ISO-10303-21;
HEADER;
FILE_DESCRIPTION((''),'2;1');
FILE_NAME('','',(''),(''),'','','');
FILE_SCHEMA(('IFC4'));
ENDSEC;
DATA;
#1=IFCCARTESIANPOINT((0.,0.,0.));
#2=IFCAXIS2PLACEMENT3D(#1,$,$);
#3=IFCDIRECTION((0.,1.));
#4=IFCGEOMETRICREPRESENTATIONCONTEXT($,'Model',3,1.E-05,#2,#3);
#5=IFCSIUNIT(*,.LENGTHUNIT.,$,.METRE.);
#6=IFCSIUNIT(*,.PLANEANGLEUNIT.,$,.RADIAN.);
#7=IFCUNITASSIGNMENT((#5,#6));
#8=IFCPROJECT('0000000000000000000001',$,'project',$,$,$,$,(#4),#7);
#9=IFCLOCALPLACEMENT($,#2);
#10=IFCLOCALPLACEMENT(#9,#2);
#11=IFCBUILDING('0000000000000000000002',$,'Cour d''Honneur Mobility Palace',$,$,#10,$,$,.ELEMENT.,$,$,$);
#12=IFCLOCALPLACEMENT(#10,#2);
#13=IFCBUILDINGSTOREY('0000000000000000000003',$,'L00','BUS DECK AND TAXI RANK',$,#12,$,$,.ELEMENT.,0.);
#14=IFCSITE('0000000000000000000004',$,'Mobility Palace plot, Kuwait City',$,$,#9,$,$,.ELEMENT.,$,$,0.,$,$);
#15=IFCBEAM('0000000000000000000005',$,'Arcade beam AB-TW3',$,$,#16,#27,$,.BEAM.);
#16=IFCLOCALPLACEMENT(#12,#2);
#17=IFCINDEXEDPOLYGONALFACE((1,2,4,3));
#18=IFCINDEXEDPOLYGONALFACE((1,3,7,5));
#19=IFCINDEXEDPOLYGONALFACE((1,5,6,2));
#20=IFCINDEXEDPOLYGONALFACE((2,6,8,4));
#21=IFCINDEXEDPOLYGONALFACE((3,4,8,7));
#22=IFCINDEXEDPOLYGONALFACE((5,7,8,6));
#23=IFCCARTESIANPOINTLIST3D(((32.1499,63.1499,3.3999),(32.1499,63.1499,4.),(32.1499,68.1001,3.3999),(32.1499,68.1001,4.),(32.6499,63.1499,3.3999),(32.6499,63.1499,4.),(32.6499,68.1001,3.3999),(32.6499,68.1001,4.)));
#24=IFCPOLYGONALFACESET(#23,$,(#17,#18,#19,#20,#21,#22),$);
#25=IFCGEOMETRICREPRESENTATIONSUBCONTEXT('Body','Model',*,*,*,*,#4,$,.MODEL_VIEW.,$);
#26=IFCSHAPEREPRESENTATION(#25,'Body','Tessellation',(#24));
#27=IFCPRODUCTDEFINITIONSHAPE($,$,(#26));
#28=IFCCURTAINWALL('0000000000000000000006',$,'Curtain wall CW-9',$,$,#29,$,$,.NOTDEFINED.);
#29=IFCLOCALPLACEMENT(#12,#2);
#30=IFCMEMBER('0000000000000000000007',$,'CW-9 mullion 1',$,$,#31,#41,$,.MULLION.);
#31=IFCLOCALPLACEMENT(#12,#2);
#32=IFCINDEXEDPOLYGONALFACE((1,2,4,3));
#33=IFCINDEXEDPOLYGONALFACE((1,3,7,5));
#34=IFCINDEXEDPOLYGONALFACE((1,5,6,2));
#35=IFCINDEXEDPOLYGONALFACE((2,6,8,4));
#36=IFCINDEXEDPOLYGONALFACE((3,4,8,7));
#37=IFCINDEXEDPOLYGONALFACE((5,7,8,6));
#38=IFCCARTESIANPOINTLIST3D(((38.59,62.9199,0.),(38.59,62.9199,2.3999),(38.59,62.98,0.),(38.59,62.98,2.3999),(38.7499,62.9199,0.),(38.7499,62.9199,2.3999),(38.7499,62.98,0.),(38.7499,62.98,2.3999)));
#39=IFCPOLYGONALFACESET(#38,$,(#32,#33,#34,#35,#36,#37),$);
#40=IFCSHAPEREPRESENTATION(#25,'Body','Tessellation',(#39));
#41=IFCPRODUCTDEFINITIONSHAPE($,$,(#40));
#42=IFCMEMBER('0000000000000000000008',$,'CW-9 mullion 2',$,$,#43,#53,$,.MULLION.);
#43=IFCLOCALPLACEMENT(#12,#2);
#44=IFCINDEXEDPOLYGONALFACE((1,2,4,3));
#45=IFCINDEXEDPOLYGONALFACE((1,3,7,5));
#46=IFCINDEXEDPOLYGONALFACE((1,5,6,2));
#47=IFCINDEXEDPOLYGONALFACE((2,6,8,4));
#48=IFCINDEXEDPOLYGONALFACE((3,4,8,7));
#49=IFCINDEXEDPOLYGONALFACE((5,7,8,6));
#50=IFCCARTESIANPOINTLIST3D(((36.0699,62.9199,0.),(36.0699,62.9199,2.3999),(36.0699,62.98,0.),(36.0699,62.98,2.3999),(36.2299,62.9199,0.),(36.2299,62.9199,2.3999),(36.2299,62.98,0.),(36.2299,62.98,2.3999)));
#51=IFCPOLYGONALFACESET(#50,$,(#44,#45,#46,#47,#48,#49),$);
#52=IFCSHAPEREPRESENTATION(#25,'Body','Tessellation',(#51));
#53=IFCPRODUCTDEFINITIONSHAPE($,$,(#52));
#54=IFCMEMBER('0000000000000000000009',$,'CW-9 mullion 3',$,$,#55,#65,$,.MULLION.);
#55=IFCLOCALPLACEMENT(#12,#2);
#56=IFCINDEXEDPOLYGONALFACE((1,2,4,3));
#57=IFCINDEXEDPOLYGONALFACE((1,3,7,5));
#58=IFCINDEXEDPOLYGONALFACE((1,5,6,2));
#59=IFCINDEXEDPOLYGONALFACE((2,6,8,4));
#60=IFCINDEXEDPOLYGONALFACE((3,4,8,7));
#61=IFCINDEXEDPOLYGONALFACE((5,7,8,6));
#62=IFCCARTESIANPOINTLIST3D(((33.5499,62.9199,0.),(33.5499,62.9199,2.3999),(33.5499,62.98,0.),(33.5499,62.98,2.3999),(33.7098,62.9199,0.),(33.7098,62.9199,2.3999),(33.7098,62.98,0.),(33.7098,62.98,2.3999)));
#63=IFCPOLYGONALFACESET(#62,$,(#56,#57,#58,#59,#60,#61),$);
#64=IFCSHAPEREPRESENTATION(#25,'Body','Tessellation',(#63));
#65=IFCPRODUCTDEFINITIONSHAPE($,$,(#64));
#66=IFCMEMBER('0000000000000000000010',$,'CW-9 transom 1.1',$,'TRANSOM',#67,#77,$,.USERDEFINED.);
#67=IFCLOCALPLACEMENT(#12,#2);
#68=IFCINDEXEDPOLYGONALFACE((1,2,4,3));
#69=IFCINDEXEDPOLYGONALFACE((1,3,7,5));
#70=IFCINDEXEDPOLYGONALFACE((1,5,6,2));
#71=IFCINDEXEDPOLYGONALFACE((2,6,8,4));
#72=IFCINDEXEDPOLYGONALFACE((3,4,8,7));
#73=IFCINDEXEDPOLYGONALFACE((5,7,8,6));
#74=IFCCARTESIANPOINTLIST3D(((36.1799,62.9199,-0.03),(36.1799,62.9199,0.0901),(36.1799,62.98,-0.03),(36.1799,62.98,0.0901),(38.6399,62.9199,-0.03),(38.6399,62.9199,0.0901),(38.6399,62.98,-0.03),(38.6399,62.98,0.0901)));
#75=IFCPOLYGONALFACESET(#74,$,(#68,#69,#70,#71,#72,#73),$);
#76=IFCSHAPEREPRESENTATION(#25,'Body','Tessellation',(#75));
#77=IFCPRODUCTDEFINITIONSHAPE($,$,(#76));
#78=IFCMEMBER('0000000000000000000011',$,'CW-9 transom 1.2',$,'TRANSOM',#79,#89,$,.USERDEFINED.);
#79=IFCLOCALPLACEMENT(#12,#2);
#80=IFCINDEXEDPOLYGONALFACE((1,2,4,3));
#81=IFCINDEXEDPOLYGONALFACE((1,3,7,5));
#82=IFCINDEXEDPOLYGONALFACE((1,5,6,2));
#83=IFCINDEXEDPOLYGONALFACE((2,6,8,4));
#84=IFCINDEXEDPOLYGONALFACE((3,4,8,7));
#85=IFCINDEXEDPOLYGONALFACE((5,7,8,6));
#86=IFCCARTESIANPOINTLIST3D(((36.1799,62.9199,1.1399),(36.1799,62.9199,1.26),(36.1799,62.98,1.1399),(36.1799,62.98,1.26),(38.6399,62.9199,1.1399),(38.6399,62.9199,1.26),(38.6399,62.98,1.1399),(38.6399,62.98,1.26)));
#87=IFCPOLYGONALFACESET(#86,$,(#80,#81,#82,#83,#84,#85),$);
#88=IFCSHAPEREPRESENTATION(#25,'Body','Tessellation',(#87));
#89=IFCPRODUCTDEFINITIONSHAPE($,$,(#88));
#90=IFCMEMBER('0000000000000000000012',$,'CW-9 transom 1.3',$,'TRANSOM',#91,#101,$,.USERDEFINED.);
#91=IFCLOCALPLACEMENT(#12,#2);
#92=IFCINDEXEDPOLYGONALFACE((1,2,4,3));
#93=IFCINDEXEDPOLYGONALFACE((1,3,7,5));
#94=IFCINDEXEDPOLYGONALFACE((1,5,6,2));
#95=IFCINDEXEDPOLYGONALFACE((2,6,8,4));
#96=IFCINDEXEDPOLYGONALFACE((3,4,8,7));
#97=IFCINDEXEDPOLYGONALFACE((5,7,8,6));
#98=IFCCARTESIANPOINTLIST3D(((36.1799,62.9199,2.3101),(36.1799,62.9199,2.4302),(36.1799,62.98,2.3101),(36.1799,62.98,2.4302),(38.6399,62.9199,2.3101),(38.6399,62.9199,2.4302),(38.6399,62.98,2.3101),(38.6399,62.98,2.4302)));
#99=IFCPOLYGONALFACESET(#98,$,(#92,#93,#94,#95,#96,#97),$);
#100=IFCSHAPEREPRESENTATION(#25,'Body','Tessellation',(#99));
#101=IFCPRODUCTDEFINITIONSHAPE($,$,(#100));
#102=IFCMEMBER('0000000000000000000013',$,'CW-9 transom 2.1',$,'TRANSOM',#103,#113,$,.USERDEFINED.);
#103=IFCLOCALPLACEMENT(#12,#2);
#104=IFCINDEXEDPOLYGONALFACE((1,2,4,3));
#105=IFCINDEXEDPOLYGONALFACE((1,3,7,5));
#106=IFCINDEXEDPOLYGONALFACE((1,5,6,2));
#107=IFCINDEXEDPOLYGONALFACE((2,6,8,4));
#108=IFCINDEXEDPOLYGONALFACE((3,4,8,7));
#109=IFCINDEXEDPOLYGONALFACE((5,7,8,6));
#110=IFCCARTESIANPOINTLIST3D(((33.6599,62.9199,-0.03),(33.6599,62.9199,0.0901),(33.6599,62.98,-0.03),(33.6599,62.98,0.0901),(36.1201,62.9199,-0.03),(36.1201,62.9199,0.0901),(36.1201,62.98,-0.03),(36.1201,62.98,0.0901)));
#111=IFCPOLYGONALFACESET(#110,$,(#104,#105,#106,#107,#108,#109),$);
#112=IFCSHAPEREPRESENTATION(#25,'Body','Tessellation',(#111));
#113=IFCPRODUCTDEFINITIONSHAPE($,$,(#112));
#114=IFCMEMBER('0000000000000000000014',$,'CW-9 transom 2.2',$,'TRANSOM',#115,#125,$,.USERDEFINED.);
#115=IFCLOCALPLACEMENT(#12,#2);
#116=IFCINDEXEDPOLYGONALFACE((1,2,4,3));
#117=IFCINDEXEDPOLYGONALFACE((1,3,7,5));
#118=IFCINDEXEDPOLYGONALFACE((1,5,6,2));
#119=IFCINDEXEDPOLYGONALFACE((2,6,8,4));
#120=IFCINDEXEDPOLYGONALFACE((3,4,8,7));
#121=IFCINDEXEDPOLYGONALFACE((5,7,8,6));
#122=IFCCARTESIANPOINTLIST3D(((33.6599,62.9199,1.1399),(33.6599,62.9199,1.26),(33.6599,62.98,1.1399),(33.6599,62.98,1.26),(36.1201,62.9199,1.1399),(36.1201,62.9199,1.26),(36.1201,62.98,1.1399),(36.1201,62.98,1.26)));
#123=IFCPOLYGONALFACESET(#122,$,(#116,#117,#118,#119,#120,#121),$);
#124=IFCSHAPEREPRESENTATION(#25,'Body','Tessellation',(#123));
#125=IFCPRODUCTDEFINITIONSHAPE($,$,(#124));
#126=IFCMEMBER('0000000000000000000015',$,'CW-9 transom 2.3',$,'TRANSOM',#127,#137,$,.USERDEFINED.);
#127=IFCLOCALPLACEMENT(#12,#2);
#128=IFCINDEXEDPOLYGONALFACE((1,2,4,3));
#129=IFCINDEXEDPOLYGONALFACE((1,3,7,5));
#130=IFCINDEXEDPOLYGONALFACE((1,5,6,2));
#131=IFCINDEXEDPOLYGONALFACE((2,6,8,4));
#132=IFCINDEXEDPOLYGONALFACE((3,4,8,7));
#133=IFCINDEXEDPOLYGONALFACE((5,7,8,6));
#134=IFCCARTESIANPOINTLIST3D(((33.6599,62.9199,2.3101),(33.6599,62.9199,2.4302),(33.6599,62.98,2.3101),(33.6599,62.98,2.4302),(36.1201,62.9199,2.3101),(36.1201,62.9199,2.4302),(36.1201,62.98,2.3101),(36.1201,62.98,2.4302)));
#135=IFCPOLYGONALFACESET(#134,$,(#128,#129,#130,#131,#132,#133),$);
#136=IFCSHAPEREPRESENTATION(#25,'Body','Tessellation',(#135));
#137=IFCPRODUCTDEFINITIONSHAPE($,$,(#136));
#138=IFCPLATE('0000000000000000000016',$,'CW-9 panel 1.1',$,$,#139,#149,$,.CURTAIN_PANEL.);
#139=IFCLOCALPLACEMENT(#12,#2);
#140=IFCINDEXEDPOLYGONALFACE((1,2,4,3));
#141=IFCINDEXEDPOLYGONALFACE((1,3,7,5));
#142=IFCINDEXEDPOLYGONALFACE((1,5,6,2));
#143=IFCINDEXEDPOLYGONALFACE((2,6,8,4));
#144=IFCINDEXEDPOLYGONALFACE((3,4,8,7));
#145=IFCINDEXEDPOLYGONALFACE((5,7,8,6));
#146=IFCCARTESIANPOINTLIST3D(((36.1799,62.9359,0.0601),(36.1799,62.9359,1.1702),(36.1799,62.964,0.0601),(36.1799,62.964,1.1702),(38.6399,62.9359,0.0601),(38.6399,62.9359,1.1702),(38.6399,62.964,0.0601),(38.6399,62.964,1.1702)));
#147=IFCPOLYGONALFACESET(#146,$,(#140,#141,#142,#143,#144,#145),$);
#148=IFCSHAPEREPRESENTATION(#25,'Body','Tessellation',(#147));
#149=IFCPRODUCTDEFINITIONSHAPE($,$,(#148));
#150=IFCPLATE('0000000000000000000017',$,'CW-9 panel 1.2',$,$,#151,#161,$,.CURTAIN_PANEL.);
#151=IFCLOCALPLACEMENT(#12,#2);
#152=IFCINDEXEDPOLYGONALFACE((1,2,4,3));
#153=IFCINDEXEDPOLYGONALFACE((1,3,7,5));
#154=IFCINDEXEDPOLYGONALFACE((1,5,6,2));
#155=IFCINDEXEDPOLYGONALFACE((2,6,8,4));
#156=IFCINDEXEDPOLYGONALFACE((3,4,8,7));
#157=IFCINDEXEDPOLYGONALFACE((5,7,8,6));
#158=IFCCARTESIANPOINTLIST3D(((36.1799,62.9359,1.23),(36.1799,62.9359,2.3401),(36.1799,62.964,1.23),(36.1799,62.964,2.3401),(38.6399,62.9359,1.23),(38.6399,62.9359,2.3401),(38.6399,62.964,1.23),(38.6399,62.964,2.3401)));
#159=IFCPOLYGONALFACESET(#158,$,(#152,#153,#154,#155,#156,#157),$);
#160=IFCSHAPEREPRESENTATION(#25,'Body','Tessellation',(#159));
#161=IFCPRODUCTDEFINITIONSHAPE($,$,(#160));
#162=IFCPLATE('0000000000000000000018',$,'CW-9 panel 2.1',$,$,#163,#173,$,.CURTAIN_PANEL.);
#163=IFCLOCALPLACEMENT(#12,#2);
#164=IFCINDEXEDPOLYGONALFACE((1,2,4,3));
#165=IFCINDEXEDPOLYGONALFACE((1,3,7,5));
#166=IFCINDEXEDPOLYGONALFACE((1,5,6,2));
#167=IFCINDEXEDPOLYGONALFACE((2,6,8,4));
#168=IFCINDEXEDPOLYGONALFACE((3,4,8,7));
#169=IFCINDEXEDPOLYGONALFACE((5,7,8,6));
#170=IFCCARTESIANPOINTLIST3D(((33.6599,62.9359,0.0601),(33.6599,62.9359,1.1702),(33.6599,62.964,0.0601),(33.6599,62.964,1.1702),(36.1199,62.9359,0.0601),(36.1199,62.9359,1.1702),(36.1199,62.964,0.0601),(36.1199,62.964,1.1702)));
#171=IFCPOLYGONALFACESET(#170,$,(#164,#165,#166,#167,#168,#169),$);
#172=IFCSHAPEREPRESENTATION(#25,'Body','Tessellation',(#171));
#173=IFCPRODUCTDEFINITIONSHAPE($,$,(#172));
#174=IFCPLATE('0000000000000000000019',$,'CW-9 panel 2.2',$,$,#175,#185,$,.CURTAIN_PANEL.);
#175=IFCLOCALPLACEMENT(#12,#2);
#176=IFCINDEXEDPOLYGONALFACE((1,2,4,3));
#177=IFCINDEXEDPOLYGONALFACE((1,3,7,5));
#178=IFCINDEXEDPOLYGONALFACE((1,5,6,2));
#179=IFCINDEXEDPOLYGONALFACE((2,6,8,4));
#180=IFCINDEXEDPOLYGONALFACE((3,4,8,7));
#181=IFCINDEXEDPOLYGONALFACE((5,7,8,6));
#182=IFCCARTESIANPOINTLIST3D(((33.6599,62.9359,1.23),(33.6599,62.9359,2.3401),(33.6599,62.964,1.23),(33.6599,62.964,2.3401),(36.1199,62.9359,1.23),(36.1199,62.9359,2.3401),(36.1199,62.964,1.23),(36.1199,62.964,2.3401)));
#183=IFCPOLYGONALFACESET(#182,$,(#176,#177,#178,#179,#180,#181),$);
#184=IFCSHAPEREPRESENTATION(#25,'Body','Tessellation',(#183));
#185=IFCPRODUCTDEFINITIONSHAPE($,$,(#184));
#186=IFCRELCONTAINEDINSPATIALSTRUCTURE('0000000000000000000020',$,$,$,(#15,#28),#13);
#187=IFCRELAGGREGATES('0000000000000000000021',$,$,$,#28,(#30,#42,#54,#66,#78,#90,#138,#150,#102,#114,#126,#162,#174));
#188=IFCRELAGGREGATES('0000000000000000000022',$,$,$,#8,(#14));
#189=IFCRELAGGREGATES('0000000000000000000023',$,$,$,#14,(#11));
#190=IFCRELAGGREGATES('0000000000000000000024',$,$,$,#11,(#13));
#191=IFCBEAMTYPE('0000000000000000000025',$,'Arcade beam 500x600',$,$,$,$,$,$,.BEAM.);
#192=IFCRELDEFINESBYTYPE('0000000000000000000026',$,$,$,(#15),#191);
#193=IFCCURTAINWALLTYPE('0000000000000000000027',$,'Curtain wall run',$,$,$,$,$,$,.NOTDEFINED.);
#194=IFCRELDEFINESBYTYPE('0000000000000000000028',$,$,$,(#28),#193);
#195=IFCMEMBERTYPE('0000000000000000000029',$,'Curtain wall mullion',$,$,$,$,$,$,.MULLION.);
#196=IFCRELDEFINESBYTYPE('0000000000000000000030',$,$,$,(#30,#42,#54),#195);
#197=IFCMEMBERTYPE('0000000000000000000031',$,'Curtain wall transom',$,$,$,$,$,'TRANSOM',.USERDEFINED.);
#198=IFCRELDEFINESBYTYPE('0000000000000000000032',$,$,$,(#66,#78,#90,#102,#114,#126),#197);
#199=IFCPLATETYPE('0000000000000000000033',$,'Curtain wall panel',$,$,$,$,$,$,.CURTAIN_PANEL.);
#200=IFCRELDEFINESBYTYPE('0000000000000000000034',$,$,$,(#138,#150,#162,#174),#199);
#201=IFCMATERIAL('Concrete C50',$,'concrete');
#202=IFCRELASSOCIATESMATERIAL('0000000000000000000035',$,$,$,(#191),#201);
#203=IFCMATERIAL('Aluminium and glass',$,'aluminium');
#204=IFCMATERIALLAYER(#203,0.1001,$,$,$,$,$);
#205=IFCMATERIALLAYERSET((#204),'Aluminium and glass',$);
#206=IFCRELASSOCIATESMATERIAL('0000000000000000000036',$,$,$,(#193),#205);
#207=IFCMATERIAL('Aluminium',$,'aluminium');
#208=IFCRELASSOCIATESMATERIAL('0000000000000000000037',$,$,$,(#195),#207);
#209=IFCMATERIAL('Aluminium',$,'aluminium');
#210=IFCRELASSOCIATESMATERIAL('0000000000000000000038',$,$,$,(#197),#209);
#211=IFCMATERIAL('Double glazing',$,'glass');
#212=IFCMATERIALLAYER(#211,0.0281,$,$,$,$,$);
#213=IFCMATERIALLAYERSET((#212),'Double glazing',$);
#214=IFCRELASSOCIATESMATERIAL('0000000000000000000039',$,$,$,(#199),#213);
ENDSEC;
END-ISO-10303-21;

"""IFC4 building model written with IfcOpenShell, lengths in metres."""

from ifc_helpers import new_model, si_unit, direction, frame, origin, origin_2d, place, context, subcontext, project, spatial, rectangle, extrude, material, layer, layer_set, material_profile, profile_set, type_object, element, aggregate, save


model = new_model("IFC4")

# Units and contexts
model_context = context("Model", 3, precision=1e-05, world=origin(), true_north=direction((0.0, 1.0)))
body_context = subcontext(model_context, "Body", "Model", "MODEL_VIEW")
ifc_project = project(units=[si_unit("LENGTHUNIT", "METRE"), si_unit("PLANEANGLEUNIT", "RADIAN")], contexts=[model_context])

# Site, building, storey
site_placement = place(None, origin())
site = spatial("IfcSite", under=ifc_project, at=site_placement, Name="Mobility Palace plot, Kuwait City", CompositionType="ELEMENT", RefElevation=0.0)
building_placement = place(site_placement, origin())
building = spatial("IfcBuilding", under=site, at=building_placement, Name="Cour d'Honneur Mobility Palace", CompositionType="ELEMENT")
storey_placement = place(building_placement, origin())
storey = spatial("IfcBuildingStorey", under=building, at=storey_placement, Name="L00", Description="BUS DECK AND TAXI RANK", CompositionType="ELEMENT", Elevation=0.0)

# Beam
ifc_material_1 = material(Name="Concrete C50", Category="concrete")
ifc_material_profile_1 = material_profile(ifc_material_1, rectangle(XDim=0.5, YDim=0.6001, at=origin_2d()), Name="Arcade beam 500x600")
ifc_profile_set_1 = profile_set([ifc_material_profile_1], Name="Concrete C50")
beam_type = type_object("IfcBeamType", Name="Arcade beam 500x600", PredefinedType="BEAM", material=ifc_profile_set_1)
beam_placement = place(storey_placement, frame((32.3999, 63.1499, 3.7), z_axis=(0.0, 1.0, 0.0), x_axis=(-1.0, 0.0, 0.0)))
element("IfcBeam", 1, at=beam_placement, inside=storey, type_object=beam_type, Name="Arcade beam AB-TW3", PredefinedType="BEAM", context=body_context, shape_type="SweptSolid", body=[
    extrude(rectangle(XDim=0.5, YDim=0.6001, at=origin_2d()), origin(), (0.0, 0.0, 1.0), 4.9502),
])

# Curtain wall, members, plates
ifc_material_2 = material(Name="Aluminium and glass", Category="aluminium")
ifc_layer_1 = layer(ifc_material_2, 0.1001)
ifc_layer_set_1 = layer_set([ifc_layer_1], Name="Aluminium and glass")
curtain_wall_type = type_object("IfcCurtainWallType", Name="Curtain wall run", PredefinedType="NOTDEFINED", material=ifc_layer_set_1)
curtain_wall_placement = place(storey_placement, origin())
curtain_wall = element("IfcCurtainWall", 2, at=curtain_wall_placement, inside=storey, type_object=curtain_wall_type, Name="Curtain wall CW-9", PredefinedType="NOTDEFINED")
ifc_material_3 = material(Name="Aluminium", Category="aluminium")
ifc_material_profile_2 = material_profile(ifc_material_3, rectangle(XDim=0.0601, YDim=0.1599, at=origin_2d()), Name="Curtain wall mullion")
ifc_profile_set_2 = profile_set([ifc_material_profile_2], Name="Aluminium")
member_type_1 = type_object("IfcMemberType", Name="Curtain wall mullion", PredefinedType="MULLION", material=ifc_profile_set_2)
member_1_placement = place(storey_placement, frame((38.6699, 62.95, 0.0), z_axis=(0.0, 0.0, 1.0), x_axis=(0.0, -1.0, 0.0)))
member_1 = element("IfcMember", 3, at=member_1_placement, type_object=member_type_1, Name="CW-9 mullion 1", PredefinedType="MULLION", context=body_context, shape_type="SweptSolid", body=[
    extrude(rectangle(XDim=0.0601, YDim=0.1599, at=origin_2d()), origin(), (0.0, 0.0, 1.0), 2.3999),
])
member_2_placement = place(storey_placement, frame((36.1499, 62.95, 0.0), z_axis=(0.0, 0.0, 1.0), x_axis=(0.0, -1.0, 0.0)))
member_2 = element("IfcMember", 4, at=member_2_placement, type_object=member_type_1, Name="CW-9 mullion 2", PredefinedType="MULLION", context=body_context, shape_type="SweptSolid", body=[
    extrude(rectangle(XDim=0.0601, YDim=0.1599, at=origin_2d()), origin(), (0.0, 0.0, 1.0), 2.3999),
])
member_3_placement = place(storey_placement, frame((33.6299, 62.95, 0.0), z_axis=(0.0, 0.0, 1.0), x_axis=(0.0, -1.0, 0.0)))
member_3 = element("IfcMember", 5, at=member_3_placement, type_object=member_type_1, Name="CW-9 mullion 3", PredefinedType="MULLION", context=body_context, shape_type="SweptSolid", body=[
    extrude(rectangle(XDim=0.0601, YDim=0.1599, at=origin_2d()), origin(), (0.0, 0.0, 1.0), 2.3999),
])
ifc_material_4 = material(Name="Aluminium", Category="aluminium")
ifc_material_profile_3 = material_profile(ifc_material_4, rectangle(XDim=0.0601, YDim=0.1201, at=origin_2d()), Name="Curtain wall transom")
ifc_profile_set_3 = profile_set([ifc_material_profile_3], Name="Aluminium")
member_type_2 = type_object("IfcMemberType", Name="Curtain wall transom", ElementType="TRANSOM", PredefinedType="USERDEFINED", material=ifc_profile_set_3)
member_4_placement = place(storey_placement, frame((38.6399, 62.95, 0.03), z_axis=(-1.0, 0.0, 0.0), x_axis=(0.0, -1.0, 0.0)))
member_4 = element("IfcMember", 6, at=member_4_placement, type_object=member_type_2, Name="CW-9 transom 1.1", ObjectType="TRANSOM", PredefinedType="USERDEFINED", context=body_context, shape_type="SweptSolid", body=[
    extrude(rectangle(XDim=0.0601, YDim=0.1201, at=origin_2d()), origin(), (0.0, 0.0, 1.0), 2.46),
])
member_5_placement = place(storey_placement, frame((38.6399, 62.95, 1.2), z_axis=(-1.0, 0.0, 0.0), x_axis=(0.0, -1.0, 0.0)))
member_5 = element("IfcMember", 7, at=member_5_placement, type_object=member_type_2, Name="CW-9 transom 1.2", ObjectType="TRANSOM", PredefinedType="USERDEFINED", context=body_context, shape_type="SweptSolid", body=[
    extrude(rectangle(XDim=0.0601, YDim=0.1201, at=origin_2d()), origin(), (0.0, 0.0, 1.0), 2.46),
])
member_6_placement = place(storey_placement, frame((38.6399, 62.95, 2.3701), z_axis=(-1.0, 0.0, 0.0), x_axis=(0.0, -1.0, 0.0)))
member_6 = element("IfcMember", 8, at=member_6_placement, type_object=member_type_2, Name="CW-9 transom 1.3", ObjectType="TRANSOM", PredefinedType="USERDEFINED", context=body_context, shape_type="SweptSolid", body=[
    extrude(rectangle(XDim=0.0601, YDim=0.1201, at=origin_2d()), origin(), (0.0, 0.0, 1.0), 2.46),
])
member_7_placement = place(storey_placement, frame((36.1201, 62.95, 0.03), z_axis=(-1.0, 0.0, 0.0), x_axis=(0.0, -1.0, 0.0)))
member_7 = element("IfcMember", 9, at=member_7_placement, type_object=member_type_2, Name="CW-9 transom 2.1", ObjectType="TRANSOM", PredefinedType="USERDEFINED", context=body_context, shape_type="SweptSolid", body=[
    extrude(rectangle(XDim=0.0601, YDim=0.1201, at=origin_2d()), origin(), (0.0, 0.0, 1.0), 2.4602),
])
member_8_placement = place(storey_placement, frame((36.1201, 62.95, 1.2), z_axis=(-1.0, 0.0, 0.0), x_axis=(0.0, -1.0, 0.0)))
member_8 = element("IfcMember", 10, at=member_8_placement, type_object=member_type_2, Name="CW-9 transom 2.2", ObjectType="TRANSOM", PredefinedType="USERDEFINED", context=body_context, shape_type="SweptSolid", body=[
    extrude(rectangle(XDim=0.0601, YDim=0.1201, at=origin_2d()), origin(), (0.0, 0.0, 1.0), 2.4602),
])
member_9_placement = place(storey_placement, frame((36.1201, 62.95, 2.3701), z_axis=(-1.0, 0.0, 0.0), x_axis=(0.0, -1.0, 0.0)))
member_9 = element("IfcMember", 11, at=member_9_placement, type_object=member_type_2, Name="CW-9 transom 2.3", ObjectType="TRANSOM", PredefinedType="USERDEFINED", context=body_context, shape_type="SweptSolid", body=[
    extrude(rectangle(XDim=0.0601, YDim=0.1201, at=origin_2d()), origin(), (0.0, 0.0, 1.0), 2.4602),
])
ifc_material_5 = material(Name="Double glazing", Category="glass")
ifc_layer_2 = layer(ifc_material_5, 0.0281)
ifc_layer_set_2 = layer_set([ifc_layer_2], Name="Double glazing")
plate_type = type_object("IfcPlateType", Name="Curtain wall panel", PredefinedType="CURTAIN_PANEL", material=ifc_layer_set_2)
plate_1_placement = place(storey_placement, frame((37.4099, 62.95, 0.0601), z_axis=(0.0, 0.0, 1.0), x_axis=(-1.0, 0.0, 0.0)))
plate_1 = element("IfcPlate", 12, at=plate_1_placement, type_object=plate_type, Name="CW-9 panel 1.1", PredefinedType="CURTAIN_PANEL", context=body_context, shape_type="SweptSolid", body=[
    extrude(rectangle(XDim=2.46, YDim=0.0281, at=origin_2d()), origin(), (0.0, 0.0, 1.0), 1.1101),
])
plate_2_placement = place(storey_placement, frame((37.4099, 62.95, 1.23), z_axis=(0.0, 0.0, 1.0), x_axis=(-1.0, 0.0, 0.0)))
plate_2 = element("IfcPlate", 13, at=plate_2_placement, type_object=plate_type, Name="CW-9 panel 1.2", PredefinedType="CURTAIN_PANEL", context=body_context, shape_type="SweptSolid", body=[
    extrude(rectangle(XDim=2.46, YDim=0.0281, at=origin_2d()), origin(), (0.0, 0.0, 1.0), 1.1101),
])
plate_3_placement = place(storey_placement, frame((34.8899, 62.95, 0.0601), z_axis=(0.0, 0.0, 1.0), x_axis=(-1.0, 0.0, 0.0)))
plate_3 = element("IfcPlate", 14, at=plate_3_placement, type_object=plate_type, Name="CW-9 panel 2.1", PredefinedType="CURTAIN_PANEL", context=body_context, shape_type="SweptSolid", body=[
    extrude(rectangle(XDim=2.46, YDim=0.0281, at=origin_2d()), origin(), (0.0, 0.0, 1.0), 1.1101),
])
plate_4_placement = place(storey_placement, frame((34.8899, 62.95, 1.23), z_axis=(0.0, 0.0, 1.0), x_axis=(-1.0, 0.0, 0.0)))
plate_4 = element("IfcPlate", 15, at=plate_4_placement, type_object=plate_type, Name="CW-9 panel 2.2", PredefinedType="CURTAIN_PANEL", context=body_context, shape_type="SweptSolid", body=[
    extrude(rectangle(XDim=2.46, YDim=0.0281, at=origin_2d()), origin(), (0.0, 0.0, 1.0), 1.1101),
])
aggregate(curtain_wall, [member_1, member_2, member_3, member_4, member_5, member_6, plate_1, plate_2, member_7, member_8, member_9, plate_3, plate_4])

save(model, "model.ifc")
